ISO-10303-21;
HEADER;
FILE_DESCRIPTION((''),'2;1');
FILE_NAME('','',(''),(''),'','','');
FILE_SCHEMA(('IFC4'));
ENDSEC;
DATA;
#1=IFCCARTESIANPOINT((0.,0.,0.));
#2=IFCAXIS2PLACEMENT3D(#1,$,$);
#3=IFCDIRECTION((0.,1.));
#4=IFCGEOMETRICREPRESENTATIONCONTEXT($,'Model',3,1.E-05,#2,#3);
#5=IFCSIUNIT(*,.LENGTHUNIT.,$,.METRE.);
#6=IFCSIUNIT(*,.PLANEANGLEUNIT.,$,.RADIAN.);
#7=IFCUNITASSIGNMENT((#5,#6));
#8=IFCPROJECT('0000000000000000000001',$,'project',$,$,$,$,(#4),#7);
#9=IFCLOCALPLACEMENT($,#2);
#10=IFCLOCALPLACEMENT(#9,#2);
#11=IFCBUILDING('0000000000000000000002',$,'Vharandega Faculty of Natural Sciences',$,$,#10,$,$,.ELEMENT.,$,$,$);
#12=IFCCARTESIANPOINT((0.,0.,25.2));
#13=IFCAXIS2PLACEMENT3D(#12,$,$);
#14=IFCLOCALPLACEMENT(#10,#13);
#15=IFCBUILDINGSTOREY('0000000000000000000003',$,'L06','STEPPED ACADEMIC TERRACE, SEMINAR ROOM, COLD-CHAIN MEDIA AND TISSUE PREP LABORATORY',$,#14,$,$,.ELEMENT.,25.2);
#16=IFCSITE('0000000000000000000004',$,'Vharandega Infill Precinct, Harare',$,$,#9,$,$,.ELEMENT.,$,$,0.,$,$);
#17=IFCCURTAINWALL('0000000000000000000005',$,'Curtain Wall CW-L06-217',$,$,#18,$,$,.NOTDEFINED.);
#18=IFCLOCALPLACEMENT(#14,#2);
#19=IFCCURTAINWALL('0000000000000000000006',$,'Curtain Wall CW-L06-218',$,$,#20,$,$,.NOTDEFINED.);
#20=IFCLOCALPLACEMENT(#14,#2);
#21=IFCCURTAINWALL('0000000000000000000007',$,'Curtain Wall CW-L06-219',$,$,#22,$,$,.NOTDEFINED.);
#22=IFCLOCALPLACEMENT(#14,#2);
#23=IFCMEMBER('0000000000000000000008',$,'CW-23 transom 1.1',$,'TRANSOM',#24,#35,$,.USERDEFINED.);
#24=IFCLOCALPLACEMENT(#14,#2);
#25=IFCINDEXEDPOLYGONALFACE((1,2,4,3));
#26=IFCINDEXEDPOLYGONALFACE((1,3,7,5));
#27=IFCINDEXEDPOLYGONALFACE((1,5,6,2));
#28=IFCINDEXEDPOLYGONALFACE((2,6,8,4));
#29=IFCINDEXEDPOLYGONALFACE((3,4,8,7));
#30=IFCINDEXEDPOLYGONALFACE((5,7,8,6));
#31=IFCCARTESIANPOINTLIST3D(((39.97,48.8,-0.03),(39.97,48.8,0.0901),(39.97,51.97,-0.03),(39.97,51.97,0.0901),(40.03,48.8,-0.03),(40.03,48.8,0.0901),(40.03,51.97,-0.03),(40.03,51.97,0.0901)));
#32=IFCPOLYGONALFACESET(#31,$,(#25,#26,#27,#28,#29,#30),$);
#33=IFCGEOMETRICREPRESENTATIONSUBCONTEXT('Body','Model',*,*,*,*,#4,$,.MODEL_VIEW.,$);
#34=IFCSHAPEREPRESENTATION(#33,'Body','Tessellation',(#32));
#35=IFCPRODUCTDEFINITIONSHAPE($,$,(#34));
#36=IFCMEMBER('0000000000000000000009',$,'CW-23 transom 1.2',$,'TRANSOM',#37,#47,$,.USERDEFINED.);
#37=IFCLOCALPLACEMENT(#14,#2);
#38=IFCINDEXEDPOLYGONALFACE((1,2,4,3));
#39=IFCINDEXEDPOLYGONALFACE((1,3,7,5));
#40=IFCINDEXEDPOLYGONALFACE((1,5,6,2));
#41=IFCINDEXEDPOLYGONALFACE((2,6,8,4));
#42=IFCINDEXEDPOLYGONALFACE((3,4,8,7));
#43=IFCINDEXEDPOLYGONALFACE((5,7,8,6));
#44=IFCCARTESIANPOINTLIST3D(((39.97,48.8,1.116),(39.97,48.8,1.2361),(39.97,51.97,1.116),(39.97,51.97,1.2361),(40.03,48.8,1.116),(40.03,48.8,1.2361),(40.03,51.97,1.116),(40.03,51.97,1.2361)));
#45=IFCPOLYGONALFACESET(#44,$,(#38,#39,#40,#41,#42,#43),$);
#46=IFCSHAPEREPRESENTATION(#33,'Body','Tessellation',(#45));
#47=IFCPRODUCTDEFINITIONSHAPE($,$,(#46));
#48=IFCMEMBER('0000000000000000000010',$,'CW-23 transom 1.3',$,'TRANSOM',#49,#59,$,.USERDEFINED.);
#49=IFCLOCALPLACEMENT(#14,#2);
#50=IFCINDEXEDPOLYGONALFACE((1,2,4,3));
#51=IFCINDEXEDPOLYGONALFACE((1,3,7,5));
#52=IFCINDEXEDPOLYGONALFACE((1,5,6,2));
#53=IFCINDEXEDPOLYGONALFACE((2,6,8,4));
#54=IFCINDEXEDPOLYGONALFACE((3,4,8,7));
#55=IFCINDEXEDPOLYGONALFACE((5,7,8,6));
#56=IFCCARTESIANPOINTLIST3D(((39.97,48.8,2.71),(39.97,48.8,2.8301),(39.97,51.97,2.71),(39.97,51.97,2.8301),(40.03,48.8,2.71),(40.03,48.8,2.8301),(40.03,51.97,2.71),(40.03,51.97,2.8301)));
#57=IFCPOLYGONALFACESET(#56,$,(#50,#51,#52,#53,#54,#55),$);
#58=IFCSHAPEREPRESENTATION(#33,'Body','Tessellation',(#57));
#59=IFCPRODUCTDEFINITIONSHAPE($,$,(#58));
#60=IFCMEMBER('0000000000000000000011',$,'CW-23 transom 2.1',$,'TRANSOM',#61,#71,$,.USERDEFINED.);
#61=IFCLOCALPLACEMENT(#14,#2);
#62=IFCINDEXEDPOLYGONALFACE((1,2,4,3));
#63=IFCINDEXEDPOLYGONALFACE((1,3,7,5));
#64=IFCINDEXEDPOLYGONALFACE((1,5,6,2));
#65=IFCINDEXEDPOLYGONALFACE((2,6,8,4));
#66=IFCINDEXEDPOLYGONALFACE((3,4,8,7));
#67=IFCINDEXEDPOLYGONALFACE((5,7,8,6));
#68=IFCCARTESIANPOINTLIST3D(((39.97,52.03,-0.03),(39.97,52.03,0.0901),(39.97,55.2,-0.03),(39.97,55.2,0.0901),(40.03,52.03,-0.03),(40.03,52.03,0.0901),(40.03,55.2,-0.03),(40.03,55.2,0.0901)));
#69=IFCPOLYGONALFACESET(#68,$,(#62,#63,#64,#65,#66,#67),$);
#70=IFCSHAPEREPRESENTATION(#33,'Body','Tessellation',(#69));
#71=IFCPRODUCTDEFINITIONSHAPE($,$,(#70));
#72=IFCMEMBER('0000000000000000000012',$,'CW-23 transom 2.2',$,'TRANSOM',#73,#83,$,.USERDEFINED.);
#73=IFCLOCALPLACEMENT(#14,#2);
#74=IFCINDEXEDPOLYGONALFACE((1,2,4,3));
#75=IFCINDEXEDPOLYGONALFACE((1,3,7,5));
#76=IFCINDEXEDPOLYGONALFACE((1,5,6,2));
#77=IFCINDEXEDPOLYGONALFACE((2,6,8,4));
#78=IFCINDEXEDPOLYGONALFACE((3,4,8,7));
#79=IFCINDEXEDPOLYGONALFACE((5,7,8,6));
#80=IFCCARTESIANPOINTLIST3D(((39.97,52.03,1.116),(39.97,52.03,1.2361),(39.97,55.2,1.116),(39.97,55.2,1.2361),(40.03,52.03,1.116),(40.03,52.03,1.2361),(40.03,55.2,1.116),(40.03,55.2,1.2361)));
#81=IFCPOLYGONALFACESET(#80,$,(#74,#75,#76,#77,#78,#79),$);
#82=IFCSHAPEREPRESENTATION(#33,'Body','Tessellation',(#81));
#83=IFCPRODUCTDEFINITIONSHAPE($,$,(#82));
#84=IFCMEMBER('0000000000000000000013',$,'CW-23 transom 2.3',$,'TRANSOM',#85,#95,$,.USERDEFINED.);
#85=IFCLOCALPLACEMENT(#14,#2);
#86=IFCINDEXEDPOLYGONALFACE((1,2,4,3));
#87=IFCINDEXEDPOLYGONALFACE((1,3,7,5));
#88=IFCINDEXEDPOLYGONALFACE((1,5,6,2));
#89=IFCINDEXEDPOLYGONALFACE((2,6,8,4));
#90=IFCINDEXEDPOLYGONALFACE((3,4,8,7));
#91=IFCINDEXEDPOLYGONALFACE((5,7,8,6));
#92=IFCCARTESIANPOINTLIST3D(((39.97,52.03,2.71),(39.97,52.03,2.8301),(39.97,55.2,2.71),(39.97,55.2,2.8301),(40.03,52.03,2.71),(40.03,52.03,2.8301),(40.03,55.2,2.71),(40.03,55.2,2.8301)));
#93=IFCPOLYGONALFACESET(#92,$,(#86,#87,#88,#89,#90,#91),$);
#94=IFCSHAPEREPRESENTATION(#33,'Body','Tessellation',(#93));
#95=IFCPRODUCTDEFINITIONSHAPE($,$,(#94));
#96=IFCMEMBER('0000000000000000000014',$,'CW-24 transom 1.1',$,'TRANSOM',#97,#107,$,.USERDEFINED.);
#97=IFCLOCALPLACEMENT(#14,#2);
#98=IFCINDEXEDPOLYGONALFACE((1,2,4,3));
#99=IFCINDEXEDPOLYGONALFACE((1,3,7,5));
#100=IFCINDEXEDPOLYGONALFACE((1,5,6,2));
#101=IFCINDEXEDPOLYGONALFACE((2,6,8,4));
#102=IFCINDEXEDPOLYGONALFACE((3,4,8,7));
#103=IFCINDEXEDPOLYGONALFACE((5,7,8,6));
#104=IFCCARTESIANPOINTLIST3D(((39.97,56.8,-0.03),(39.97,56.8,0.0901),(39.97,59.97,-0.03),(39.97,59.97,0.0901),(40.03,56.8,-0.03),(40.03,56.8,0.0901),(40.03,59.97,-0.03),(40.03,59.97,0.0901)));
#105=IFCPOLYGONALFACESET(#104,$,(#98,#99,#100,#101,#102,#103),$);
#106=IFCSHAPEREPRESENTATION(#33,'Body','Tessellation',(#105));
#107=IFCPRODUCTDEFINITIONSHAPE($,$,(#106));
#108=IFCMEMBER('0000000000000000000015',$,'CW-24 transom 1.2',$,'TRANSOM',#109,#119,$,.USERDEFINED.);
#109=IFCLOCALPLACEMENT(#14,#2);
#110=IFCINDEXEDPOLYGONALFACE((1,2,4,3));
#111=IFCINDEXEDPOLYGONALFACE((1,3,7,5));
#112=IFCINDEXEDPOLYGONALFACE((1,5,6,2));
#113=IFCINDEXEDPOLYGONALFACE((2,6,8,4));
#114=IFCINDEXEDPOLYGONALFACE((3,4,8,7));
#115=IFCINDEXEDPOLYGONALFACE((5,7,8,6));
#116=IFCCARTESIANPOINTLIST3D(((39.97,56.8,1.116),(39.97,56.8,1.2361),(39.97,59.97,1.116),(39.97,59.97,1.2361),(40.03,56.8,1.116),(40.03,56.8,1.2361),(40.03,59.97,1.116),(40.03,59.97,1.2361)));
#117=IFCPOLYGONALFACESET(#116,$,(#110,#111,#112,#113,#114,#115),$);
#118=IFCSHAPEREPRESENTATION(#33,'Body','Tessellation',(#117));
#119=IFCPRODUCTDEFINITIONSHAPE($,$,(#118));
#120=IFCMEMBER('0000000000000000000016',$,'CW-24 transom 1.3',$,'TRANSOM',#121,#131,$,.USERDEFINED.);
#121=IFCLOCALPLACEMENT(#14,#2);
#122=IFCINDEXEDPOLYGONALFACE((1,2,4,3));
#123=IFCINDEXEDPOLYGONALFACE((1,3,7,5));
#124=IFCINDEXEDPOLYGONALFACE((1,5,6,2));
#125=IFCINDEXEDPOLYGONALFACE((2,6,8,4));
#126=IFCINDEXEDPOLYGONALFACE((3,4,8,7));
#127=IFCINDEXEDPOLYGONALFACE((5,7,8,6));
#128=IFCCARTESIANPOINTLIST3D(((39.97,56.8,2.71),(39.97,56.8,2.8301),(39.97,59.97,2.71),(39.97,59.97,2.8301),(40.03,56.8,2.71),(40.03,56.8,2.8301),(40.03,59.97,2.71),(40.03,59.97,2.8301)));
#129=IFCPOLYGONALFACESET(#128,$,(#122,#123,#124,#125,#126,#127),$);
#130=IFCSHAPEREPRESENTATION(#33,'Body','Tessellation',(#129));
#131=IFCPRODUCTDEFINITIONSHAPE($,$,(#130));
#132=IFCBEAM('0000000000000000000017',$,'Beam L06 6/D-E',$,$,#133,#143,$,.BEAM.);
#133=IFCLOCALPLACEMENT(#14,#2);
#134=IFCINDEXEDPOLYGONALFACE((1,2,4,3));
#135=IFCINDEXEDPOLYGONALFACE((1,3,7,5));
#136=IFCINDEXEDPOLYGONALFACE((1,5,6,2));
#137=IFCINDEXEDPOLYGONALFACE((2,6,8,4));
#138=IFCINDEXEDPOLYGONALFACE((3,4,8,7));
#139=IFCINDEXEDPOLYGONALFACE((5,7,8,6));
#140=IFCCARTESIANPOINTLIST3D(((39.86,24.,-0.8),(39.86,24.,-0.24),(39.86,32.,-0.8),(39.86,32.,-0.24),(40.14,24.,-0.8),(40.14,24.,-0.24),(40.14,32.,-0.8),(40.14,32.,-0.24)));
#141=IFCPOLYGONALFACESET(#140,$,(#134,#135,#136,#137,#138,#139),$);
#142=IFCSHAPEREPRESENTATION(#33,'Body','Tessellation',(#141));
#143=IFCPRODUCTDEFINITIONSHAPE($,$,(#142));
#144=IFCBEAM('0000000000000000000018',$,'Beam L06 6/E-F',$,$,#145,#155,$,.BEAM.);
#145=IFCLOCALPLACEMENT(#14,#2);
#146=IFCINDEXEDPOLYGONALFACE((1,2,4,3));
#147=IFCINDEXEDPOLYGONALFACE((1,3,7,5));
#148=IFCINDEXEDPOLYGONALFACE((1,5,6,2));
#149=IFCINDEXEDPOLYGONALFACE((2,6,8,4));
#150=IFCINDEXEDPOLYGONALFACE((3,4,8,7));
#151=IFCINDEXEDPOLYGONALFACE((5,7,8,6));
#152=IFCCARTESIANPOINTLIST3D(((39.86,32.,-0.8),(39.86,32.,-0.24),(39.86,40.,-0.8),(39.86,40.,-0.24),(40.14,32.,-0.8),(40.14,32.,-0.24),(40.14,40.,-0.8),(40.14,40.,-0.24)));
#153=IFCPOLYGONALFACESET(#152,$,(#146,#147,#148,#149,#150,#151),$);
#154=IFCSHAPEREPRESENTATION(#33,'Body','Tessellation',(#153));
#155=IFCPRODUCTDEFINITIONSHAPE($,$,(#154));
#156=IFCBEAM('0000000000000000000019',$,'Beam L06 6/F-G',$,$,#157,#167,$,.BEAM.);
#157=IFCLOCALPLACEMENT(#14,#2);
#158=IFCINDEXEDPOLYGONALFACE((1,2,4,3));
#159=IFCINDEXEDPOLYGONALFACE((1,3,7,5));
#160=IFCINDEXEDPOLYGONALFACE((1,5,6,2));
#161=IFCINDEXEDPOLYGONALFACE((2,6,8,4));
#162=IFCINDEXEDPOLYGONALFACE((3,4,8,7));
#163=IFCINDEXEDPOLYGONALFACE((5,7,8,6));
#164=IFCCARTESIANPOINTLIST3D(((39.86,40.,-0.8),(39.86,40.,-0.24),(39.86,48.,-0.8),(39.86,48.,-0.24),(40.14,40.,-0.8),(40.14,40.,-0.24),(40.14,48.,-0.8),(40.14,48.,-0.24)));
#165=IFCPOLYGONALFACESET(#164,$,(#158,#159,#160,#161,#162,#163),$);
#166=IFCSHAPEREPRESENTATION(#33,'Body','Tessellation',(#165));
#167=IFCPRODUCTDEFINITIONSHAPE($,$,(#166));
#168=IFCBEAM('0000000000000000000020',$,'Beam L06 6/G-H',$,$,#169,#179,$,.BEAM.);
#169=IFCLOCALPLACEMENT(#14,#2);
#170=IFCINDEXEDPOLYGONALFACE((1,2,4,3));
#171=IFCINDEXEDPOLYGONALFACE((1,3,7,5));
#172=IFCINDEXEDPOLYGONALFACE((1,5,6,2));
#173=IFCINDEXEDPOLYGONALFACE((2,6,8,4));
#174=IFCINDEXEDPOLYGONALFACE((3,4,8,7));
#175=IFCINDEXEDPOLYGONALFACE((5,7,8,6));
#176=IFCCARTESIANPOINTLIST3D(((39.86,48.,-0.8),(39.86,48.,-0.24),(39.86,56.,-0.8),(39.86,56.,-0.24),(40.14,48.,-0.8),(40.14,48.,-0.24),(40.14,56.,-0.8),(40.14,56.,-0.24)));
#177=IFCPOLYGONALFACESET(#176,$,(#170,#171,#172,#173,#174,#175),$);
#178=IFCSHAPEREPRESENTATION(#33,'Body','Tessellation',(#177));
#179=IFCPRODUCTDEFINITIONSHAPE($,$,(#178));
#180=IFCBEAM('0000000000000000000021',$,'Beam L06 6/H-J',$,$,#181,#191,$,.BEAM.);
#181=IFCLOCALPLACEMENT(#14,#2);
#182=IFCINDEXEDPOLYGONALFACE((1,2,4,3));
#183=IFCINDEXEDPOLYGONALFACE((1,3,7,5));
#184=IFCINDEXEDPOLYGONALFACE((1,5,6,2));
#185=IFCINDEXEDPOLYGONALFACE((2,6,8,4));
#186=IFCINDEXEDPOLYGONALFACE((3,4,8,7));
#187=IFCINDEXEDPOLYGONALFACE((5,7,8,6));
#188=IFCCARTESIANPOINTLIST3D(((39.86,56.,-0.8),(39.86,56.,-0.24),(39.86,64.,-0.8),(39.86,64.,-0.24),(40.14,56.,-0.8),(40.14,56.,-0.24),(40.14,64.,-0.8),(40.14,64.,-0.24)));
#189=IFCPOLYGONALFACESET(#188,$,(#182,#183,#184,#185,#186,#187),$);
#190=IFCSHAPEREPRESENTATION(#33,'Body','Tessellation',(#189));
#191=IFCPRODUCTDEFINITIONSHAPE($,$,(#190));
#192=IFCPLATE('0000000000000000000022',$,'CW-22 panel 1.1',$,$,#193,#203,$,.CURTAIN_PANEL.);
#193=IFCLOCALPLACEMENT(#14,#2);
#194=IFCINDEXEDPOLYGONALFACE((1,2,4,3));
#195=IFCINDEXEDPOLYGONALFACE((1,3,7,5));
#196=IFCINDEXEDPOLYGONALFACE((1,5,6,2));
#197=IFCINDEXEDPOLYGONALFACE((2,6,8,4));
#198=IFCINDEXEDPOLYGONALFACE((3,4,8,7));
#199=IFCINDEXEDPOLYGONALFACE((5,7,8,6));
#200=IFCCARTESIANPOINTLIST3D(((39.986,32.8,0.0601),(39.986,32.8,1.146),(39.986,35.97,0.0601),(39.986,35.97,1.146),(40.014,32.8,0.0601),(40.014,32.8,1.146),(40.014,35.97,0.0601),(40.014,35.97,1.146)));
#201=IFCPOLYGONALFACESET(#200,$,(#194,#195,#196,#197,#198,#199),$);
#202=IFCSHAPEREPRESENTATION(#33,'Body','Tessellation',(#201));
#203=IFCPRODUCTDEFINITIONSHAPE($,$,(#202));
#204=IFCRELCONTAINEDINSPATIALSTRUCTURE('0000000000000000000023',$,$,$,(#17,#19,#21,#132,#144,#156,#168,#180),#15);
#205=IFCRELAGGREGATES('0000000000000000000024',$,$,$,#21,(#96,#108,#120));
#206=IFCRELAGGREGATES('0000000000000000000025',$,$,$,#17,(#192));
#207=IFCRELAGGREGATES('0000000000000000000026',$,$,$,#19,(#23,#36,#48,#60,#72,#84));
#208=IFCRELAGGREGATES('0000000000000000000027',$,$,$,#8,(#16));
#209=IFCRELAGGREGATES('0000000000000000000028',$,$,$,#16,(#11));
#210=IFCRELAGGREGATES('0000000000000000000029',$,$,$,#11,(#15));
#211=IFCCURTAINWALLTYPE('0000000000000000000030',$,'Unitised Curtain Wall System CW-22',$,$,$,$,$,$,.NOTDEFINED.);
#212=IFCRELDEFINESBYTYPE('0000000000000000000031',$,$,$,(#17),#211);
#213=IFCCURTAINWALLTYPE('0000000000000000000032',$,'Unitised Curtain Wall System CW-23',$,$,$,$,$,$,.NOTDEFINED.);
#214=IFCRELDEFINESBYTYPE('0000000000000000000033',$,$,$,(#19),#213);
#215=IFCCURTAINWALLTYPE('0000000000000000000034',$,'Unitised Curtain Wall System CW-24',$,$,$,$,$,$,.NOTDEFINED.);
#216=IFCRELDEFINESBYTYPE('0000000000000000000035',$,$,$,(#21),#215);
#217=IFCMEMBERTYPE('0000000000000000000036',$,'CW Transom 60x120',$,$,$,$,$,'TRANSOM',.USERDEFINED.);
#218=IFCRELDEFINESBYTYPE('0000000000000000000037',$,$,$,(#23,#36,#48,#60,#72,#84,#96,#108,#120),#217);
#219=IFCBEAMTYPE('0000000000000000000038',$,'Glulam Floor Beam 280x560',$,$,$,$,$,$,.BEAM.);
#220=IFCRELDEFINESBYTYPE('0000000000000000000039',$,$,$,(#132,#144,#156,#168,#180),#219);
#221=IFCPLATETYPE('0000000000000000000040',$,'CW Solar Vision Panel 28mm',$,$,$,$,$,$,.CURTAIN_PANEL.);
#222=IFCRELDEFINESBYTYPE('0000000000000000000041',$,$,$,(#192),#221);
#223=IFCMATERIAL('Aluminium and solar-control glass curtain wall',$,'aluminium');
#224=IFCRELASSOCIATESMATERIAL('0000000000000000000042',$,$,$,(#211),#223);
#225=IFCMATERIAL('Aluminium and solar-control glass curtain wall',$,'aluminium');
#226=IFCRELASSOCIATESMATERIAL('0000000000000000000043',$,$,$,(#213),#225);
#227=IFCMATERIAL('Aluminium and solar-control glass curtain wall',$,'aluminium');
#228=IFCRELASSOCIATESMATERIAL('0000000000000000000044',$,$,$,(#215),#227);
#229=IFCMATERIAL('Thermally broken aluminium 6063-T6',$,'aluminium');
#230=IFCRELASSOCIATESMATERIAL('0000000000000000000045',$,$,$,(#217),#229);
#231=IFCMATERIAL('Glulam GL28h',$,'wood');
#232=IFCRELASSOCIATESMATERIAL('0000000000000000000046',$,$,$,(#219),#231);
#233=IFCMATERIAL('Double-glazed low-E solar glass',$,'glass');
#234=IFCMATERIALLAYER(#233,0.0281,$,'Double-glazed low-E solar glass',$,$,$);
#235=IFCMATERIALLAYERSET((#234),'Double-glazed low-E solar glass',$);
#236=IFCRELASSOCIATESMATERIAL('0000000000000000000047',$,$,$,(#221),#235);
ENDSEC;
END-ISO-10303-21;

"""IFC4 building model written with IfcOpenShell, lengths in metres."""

from ifc_helpers import new_model, si_unit, direction, frame, origin, origin_2d, place, context, subcontext, project, spatial, rectangle, extrude, material, layer, layer_set, material_profile, profile_set, type_object, element, aggregate, save


model = new_model("IFC4")

# Units and contexts
model_context = context("Model", 3, precision=1e-05, world=origin(), true_north=direction((0.0, 1.0)))
body_context = subcontext(model_context, "Body", "Model", "MODEL_VIEW")
ifc_project = project(units=[si_unit("LENGTHUNIT", "METRE"), si_unit("PLANEANGLEUNIT", "RADIAN")], contexts=[model_context])

# Site, building, storey
site_placement = place(None, origin())
site = spatial("IfcSite", under=ifc_project, at=site_placement, Name="Vharandega Infill Precinct, Harare", CompositionType="ELEMENT", RefElevation=0.0)
building_placement = place(site_placement, origin())
building = spatial("IfcBuilding", under=site, at=building_placement, Name="Vharandega Faculty of Natural Sciences", CompositionType="ELEMENT")
storey_placement = place(building_placement, frame((0.0, 0.0, 25.2)))
storey = spatial("IfcBuildingStorey", under=building, at=storey_placement, Name="L06", Description="STEPPED ACADEMIC TERRACE, SEMINAR ROOM, COLD-CHAIN MEDIA AND TISSUE PREP LABORATORY", CompositionType="ELEMENT", Elevation=25.2)

# Curtain walls
ifc_material_1 = material(Name="Aluminium and solar-control glass curtain wall", Category="aluminium")
curtain_wall_type_1 = type_object("IfcCurtainWallType", Name="Unitised Curtain Wall System CW-22", PredefinedType="NOTDEFINED", material=ifc_material_1)
curtain_wall_1_placement = place(storey_placement, origin())
curtain_wall_1 = element("IfcCurtainWall", 1, at=curtain_wall_1_placement, inside=storey, type_object=curtain_wall_type_1, Name="Curtain Wall CW-L06-217", PredefinedType="NOTDEFINED")
ifc_material_2 = material(Name="Aluminium and solar-control glass curtain wall", Category="aluminium")
curtain_wall_type_2 = type_object("IfcCurtainWallType", Name="Unitised Curtain Wall System CW-23", PredefinedType="NOTDEFINED", material=ifc_material_2)
curtain_wall_2_placement = place(storey_placement, origin())
curtain_wall_2 = element("IfcCurtainWall", 2, at=curtain_wall_2_placement, inside=storey, type_object=curtain_wall_type_2, Name="Curtain Wall CW-L06-218", PredefinedType="NOTDEFINED")
ifc_material_3 = material(Name="Aluminium and solar-control glass curtain wall", Category="aluminium")
curtain_wall_type_3 = type_object("IfcCurtainWallType", Name="Unitised Curtain Wall System CW-24", PredefinedType="NOTDEFINED", material=ifc_material_3)
curtain_wall_3_placement = place(storey_placement, origin())
curtain_wall_3 = element("IfcCurtainWall", 3, at=curtain_wall_3_placement, inside=storey, type_object=curtain_wall_type_3, Name="Curtain Wall CW-L06-219", PredefinedType="NOTDEFINED")

# Members
ifc_material_4 = material(Name="Thermally broken aluminium 6063-T6", Category="aluminium")
ifc_material_profile_1 = material_profile(ifc_material_4, rectangle(XDim=0.0601, YDim=0.1201, at=origin_2d()), Name="ALU 60x120")
ifc_profile_set_1 = profile_set([ifc_material_profile_1], Name="Thermally broken aluminium 6063-T6")
member_type_1 = type_object("IfcMemberType", Name="CW Transom 60x120", ElementType="TRANSOM", PredefinedType="USERDEFINED", material=ifc_profile_set_1)
member_1_placement = place(storey_placement, frame((40.0, 48.8, 0.03), z_axis=(0.0, 1.0, 0.0), x_axis=(-1.0, 0.0, 0.0)))
member_1 = element("IfcMember", 4, at=member_1_placement, type_object=member_type_1, Name="CW-23 transom 1.1", ObjectType="TRANSOM", PredefinedType="USERDEFINED", context=body_context, shape_type="SweptSolid", body=[
    extrude(rectangle(XDim=0.0601, YDim=0.1201, at=origin_2d()), origin(), (0.0, 0.0, 1.0), 3.1699),
])
member_2_placement = place(storey_placement, frame((40.0, 48.8, 1.176), z_axis=(0.0, 1.0, 0.0), x_axis=(-1.0, 0.0, 0.0)))
member_2 = element("IfcMember", 5, at=member_2_placement, type_object=member_type_1, Name="CW-23 transom 1.2", ObjectType="TRANSOM", PredefinedType="USERDEFINED", context=body_context, shape_type="SweptSolid", body=[
    extrude(rectangle(XDim=0.0601, YDim=0.1201, at=origin_2d()), origin(), (0.0, 0.0, 1.0), 3.1699),
])
member_3_placement = place(storey_placement, frame((40.0, 48.8, 2.77), z_axis=(0.0, 1.0, 0.0), x_axis=(-1.0, 0.0, 0.0)))
member_3 = element("IfcMember", 6, at=member_3_placement, type_object=member_type_1, Name="CW-23 transom 1.3", ObjectType="TRANSOM", PredefinedType="USERDEFINED", context=body_context, shape_type="SweptSolid", body=[
    extrude(rectangle(XDim=0.0601, YDim=0.1201, at=origin_2d()), origin(), (0.0, 0.0, 1.0), 3.1699),
])
member_4_placement = place(storey_placement, frame((40.0, 52.03, 0.03), z_axis=(0.0, 1.0, 0.0), x_axis=(-1.0, 0.0, 0.0)))
member_4 = element("IfcMember", 7, at=member_4_placement, type_object=member_type_1, Name="CW-23 transom 2.1", ObjectType="TRANSOM", PredefinedType="USERDEFINED", context=body_context, shape_type="SweptSolid", body=[
    extrude(rectangle(XDim=0.0601, YDim=0.1201, at=origin_2d()), origin(), (0.0, 0.0, 1.0), 3.1699),
])
member_5_placement = place(storey_placement, frame((40.0, 52.03, 1.176), z_axis=(0.0, 1.0, 0.0), x_axis=(-1.0, 0.0, 0.0)))
member_5 = element("IfcMember", 8, at=member_5_placement, type_object=member_type_1, Name="CW-23 transom 2.2", ObjectType="TRANSOM", PredefinedType="USERDEFINED", context=body_context, shape_type="SweptSolid", body=[
    extrude(rectangle(XDim=0.0601, YDim=0.1201, at=origin_2d()), origin(), (0.0, 0.0, 1.0), 3.1699),
])
member_6_placement = place(storey_placement, frame((40.0, 52.03, 2.77), z_axis=(0.0, 1.0, 0.0), x_axis=(-1.0, 0.0, 0.0)))
member_6 = element("IfcMember", 9, at=member_6_placement, type_object=member_type_1, Name="CW-23 transom 2.3", ObjectType="TRANSOM", PredefinedType="USERDEFINED", context=body_context, shape_type="SweptSolid", body=[
    extrude(rectangle(XDim=0.0601, YDim=0.1201, at=origin_2d()), origin(), (0.0, 0.0, 1.0), 3.1699),
])
member_7_placement = place(storey_placement, frame((40.0, 56.8, 0.03), z_axis=(0.0, 1.0, 0.0), x_axis=(-1.0, 0.0, 0.0)))
member_7 = element("IfcMember", 10, at=member_7_placement, type_object=member_type_1, Name="CW-24 transom 1.1", ObjectType="TRANSOM", PredefinedType="USERDEFINED", context=body_context, shape_type="SweptSolid", body=[
    extrude(rectangle(XDim=0.0601, YDim=0.1201, at=origin_2d()), origin(), (0.0, 0.0, 1.0), 3.1699),
])
member_8_placement = place(storey_placement, frame((40.0, 56.8, 1.176), z_axis=(0.0, 1.0, 0.0), x_axis=(-1.0, 0.0, 0.0)))
member_8 = element("IfcMember", 11, at=member_8_placement, type_object=member_type_1, Name="CW-24 transom 1.2", ObjectType="TRANSOM", PredefinedType="USERDEFINED", context=body_context, shape_type="SweptSolid", body=[
    extrude(rectangle(XDim=0.0601, YDim=0.1201, at=origin_2d()), origin(), (0.0, 0.0, 1.0), 3.1699),
])
member_9_placement = place(storey_placement, frame((40.0, 56.8, 2.77), z_axis=(0.0, 1.0, 0.0), x_axis=(-1.0, 0.0, 0.0)))
member_9 = element("IfcMember", 12, at=member_9_placement, type_object=member_type_1, Name="CW-24 transom 1.3", ObjectType="TRANSOM", PredefinedType="USERDEFINED", context=body_context, shape_type="SweptSolid", body=[
    extrude(rectangle(XDim=0.0601, YDim=0.1201, at=origin_2d()), origin(), (0.0, 0.0, 1.0), 3.1699),
])
aggregate(curtain_wall_3, [member_7, member_8, member_9])

# Beams
ifc_material_5 = material(Name="Glulam GL28h", Category="wood")
ifc_material_profile_2 = material_profile(ifc_material_5, rectangle(XDim=0.28, YDim=0.5601, at=origin_2d()), Name="GL28h 280x560")
ifc_profile_set_2 = profile_set([ifc_material_profile_2], Name="Glulam GL28h")
beam_type = type_object("IfcBeamType", Name="Glulam Floor Beam 280x560", PredefinedType="BEAM", material=ifc_profile_set_2)
for number, where, z_axis, x_axis, name in (
    (13, (40.0, 24.0, -0.52), (0.0, 1.0, 0.0), (-1.0, 0.0, 0.0), "Beam L06 6/D-E"),
    (14, (40.0, 32.0, -0.52), (0.0, 1.0, 0.0), (-1.0, 0.0, 0.0), "Beam L06 6/E-F"),
    (15, (40.0, 40.0, -0.52), (0.0, 1.0, 0.0), (-1.0, 0.0, 0.0), "Beam L06 6/F-G"),
    (16, (40.0, 48.0, -0.52), (0.0, 1.0, 0.0), (-1.0, 0.0, 0.0), "Beam L06 6/G-H"),
    (17, (40.0, 56.0, -0.52), (0.0, 1.0, 0.0), (-1.0, 0.0, 0.0), "Beam L06 6/H-J"),
):
    element("IfcBeam", number, at=place(storey_placement, frame(where, z_axis=z_axis, x_axis=x_axis)), inside=storey, type_object=beam_type, Name=name, PredefinedType="BEAM", context=body_context, shape_type="SweptSolid", body=[
        extrude(rectangle(XDim=0.28, YDim=0.5601, at=origin_2d()), origin(), (0.0, 0.0, 1.0), 8.0),
    ])

# Plate
ifc_material_6 = material(Name="Double-glazed low-E solar glass", Category="glass")
ifc_layer = layer(ifc_material_6, 0.0281, Name="Double-glazed low-E solar glass")
ifc_layer_set = layer_set([ifc_layer], Name="Double-glazed low-E solar glass")
plate_type = type_object("IfcPlateType", Name="CW Solar Vision Panel 28mm", PredefinedType="CURTAIN_PANEL", material=ifc_layer_set)
plate_1_placement = place(storey_placement, frame((40.0, 34.385, 0.0601), z_axis=(0.0, 0.0, 1.0), x_axis=(0.0, 1.0, 0.0)))
plate_1 = element("IfcPlate", 18, at=plate_1_placement, type_object=plate_type, Name="CW-22 panel 1.1", PredefinedType="CURTAIN_PANEL", context=body_context, shape_type="SweptSolid", body=[
    extrude(rectangle(XDim=3.1699, YDim=0.0281, at=origin_2d()), origin(), (0.0, 0.0, 1.0), 1.0859),
])
aggregate(curtain_wall_1, [plate_1])
aggregate(curtain_wall_2, [member_1, member_2, member_3, member_4, member_5, member_6])

save(model, "model.ifc")
